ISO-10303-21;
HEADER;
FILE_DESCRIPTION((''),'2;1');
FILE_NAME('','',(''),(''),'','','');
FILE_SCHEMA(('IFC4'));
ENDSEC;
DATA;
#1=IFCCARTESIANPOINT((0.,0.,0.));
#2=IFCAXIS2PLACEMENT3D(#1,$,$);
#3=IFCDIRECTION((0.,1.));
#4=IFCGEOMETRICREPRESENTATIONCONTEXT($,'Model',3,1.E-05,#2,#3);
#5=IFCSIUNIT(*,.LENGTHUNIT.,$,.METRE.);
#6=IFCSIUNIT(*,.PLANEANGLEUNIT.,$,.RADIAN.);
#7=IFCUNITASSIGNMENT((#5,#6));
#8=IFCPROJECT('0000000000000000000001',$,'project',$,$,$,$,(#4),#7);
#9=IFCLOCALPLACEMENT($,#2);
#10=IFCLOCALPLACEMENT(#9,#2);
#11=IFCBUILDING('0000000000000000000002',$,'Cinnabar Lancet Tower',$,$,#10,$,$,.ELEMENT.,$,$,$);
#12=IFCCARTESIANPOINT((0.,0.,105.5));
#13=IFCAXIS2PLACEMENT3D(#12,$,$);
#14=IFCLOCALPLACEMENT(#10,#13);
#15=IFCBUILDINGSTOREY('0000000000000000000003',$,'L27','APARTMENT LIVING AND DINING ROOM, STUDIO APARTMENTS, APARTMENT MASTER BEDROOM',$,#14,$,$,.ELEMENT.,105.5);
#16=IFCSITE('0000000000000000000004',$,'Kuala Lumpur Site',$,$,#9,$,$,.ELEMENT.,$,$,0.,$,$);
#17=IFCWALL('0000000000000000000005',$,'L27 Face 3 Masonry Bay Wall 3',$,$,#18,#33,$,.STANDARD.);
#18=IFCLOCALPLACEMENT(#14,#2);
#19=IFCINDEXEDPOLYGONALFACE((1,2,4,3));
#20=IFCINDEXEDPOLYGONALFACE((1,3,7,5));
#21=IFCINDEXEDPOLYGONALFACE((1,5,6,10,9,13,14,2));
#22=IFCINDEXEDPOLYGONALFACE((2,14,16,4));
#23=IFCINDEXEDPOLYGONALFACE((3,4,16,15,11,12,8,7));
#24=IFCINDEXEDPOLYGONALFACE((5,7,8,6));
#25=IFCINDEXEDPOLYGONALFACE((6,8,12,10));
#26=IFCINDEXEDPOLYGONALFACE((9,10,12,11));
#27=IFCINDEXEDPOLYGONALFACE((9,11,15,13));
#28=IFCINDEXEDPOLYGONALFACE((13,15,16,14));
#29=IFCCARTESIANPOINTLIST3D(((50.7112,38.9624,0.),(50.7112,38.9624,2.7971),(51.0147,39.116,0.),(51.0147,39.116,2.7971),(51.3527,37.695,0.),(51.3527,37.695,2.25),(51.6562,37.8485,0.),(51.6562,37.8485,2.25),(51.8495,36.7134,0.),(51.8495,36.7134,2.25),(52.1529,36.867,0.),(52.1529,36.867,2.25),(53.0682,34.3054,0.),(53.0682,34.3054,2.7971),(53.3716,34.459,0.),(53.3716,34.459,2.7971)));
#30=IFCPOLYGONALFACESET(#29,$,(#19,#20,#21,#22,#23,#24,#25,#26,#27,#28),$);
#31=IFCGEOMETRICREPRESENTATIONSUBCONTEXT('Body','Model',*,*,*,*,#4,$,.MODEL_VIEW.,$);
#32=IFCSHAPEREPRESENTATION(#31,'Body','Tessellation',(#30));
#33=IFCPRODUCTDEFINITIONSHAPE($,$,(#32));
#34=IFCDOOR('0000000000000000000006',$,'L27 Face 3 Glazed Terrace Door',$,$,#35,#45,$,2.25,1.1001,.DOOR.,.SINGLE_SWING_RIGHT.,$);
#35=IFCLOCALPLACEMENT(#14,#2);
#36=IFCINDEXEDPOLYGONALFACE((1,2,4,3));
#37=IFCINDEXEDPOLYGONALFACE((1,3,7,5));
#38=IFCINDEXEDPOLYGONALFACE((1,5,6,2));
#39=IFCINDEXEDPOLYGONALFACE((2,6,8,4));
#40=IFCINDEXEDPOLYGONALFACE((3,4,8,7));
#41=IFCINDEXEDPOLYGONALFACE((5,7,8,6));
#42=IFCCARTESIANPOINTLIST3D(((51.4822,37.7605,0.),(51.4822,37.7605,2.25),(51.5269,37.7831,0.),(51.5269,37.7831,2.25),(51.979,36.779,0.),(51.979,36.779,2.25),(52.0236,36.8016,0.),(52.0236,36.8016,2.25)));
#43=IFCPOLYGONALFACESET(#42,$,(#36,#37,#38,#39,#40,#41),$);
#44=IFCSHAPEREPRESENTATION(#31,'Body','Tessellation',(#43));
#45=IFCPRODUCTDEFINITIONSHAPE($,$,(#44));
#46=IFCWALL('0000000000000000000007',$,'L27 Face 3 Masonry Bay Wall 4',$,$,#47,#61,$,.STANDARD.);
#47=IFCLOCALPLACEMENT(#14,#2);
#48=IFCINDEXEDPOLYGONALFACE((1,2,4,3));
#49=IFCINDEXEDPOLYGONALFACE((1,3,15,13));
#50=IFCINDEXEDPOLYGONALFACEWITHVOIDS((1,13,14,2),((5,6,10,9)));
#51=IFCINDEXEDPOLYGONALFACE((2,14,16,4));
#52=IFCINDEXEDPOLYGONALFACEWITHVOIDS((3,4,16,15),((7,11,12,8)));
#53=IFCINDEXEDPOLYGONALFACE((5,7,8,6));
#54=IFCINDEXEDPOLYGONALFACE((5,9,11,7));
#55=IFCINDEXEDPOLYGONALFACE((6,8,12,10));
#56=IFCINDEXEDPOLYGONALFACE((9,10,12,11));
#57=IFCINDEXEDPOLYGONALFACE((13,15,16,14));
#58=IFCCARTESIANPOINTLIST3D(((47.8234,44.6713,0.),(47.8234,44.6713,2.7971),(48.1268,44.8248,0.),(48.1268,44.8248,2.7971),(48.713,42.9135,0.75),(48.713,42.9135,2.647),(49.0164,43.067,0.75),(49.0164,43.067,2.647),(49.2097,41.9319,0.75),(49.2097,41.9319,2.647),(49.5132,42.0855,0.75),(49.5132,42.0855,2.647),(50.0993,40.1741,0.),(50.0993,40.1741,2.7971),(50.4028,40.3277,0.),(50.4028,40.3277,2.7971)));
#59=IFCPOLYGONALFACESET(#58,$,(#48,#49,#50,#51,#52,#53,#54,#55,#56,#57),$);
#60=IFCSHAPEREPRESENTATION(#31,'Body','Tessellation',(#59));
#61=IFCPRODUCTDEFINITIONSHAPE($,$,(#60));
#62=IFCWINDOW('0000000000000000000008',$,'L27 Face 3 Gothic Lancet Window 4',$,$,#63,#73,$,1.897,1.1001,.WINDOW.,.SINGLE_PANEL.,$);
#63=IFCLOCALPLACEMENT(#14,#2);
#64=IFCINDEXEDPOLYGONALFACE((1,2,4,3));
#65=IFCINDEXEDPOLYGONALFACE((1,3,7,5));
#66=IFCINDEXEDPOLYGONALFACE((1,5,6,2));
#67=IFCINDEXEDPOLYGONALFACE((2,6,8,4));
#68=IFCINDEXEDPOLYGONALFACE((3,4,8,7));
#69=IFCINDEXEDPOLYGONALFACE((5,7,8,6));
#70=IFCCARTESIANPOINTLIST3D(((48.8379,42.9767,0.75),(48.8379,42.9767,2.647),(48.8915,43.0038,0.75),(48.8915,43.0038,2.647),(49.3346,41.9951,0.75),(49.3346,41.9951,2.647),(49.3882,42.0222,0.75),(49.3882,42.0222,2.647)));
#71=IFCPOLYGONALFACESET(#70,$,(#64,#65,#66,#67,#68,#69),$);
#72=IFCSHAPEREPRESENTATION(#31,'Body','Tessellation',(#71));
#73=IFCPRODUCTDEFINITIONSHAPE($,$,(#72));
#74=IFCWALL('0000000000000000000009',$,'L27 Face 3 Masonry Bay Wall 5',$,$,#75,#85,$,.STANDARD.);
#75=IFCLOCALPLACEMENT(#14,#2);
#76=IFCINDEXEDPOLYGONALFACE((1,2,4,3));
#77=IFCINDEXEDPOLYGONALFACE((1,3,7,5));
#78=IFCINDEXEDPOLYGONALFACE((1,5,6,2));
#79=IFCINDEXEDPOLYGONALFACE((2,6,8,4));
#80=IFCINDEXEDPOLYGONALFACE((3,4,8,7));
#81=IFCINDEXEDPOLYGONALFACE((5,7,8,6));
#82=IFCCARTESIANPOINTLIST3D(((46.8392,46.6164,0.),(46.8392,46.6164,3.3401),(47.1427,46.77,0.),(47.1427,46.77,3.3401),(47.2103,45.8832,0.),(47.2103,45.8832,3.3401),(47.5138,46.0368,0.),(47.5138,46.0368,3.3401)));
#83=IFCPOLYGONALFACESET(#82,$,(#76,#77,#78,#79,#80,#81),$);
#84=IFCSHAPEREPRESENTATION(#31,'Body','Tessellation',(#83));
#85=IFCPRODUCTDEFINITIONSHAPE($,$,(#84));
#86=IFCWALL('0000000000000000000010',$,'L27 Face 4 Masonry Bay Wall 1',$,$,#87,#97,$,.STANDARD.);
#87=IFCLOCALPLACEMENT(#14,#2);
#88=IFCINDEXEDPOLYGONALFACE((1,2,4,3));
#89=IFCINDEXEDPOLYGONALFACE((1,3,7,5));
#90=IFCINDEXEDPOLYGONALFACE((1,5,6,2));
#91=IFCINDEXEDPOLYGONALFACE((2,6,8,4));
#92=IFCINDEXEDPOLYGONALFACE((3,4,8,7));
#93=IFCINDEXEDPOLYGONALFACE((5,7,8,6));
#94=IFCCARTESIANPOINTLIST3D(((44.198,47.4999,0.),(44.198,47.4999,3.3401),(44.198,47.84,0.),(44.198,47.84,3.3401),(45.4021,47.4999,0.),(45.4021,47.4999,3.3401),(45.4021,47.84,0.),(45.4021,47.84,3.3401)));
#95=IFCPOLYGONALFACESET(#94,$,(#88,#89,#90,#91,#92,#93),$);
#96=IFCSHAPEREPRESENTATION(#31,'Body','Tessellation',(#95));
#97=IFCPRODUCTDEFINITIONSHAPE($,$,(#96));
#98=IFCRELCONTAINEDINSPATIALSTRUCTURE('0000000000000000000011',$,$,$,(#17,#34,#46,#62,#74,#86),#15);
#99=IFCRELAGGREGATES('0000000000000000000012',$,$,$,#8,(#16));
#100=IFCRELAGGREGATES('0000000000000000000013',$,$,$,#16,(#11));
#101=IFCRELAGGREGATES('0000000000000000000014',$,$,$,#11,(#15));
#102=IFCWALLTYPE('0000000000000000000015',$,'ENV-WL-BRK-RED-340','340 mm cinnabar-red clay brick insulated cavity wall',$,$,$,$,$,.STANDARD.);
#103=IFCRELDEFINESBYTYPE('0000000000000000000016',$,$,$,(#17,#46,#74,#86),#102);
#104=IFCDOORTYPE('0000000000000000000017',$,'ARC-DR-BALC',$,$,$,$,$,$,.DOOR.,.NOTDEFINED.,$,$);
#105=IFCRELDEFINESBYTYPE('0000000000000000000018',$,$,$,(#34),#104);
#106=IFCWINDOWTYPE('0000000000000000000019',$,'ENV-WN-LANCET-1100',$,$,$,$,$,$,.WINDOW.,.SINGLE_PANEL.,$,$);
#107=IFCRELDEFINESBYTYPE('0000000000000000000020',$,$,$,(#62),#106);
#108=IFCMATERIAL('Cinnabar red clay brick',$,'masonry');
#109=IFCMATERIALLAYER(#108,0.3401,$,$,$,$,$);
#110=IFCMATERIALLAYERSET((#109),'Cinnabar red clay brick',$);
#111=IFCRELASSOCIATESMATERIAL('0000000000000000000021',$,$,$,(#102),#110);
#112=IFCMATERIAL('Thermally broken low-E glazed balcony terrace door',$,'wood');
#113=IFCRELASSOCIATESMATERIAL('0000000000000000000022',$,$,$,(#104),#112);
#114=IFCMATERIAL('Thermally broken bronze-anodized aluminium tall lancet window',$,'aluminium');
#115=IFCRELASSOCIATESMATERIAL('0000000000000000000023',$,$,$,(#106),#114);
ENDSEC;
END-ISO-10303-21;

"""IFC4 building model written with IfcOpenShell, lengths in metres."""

from ifc_helpers import new_model, si_unit, direction, frame, frame_2d, origin, place, context, subcontext, project, spatial, rectangle, extrude, material, layer, layer_set, type_object, element, fill, save


model = new_model("IFC4")

# Units and contexts
model_context = context("Model", 3, precision=1e-05, world=origin(), true_north=direction((0.0, 1.0)))
body_context = subcontext(model_context, "Body", "Model", "MODEL_VIEW")
ifc_project = project(units=[si_unit("LENGTHUNIT", "METRE"), si_unit("PLANEANGLEUNIT", "RADIAN")], contexts=[model_context])

# Site, building, storey
site_placement = place(None, origin())
site = spatial("IfcSite", under=ifc_project, at=site_placement, Name="Kuala Lumpur Site", CompositionType="ELEMENT", RefElevation=0.0)
building_placement = place(site_placement, origin())
building = spatial("IfcBuilding", under=site, at=building_placement, Name="Cinnabar Lancet Tower", CompositionType="ELEMENT")
storey_placement = place(building_placement, frame((0.0, 0.0, 105.5)))
storey = spatial("IfcBuildingStorey", under=building, at=storey_placement, Name="L27", Description="APARTMENT LIVING AND DINING ROOM, STUDIO APARTMENTS, APARTMENT MASTER BEDROOM", CompositionType="ELEMENT", Elevation=105.5)

# Shared definitions
ifc_material_1 = material(Name="Cinnabar red clay brick", Category="masonry")
ifc_layer_1 = layer(ifc_material_1, 0.3401)
ifc_layer_set_1 = layer_set([ifc_layer_1], Name="Cinnabar red clay brick")
wall_type_1 = type_object("IfcWallType", Name="ENV-WL-BRK-RED-340", Description="340 mm cinnabar-red clay brick insulated cavity wall", PredefinedType="STANDARD", material=ifc_layer_set_1)

# Wall, opening, door
wall_1_placement = place(storey_placement, frame((53.22, 34.3821, 0.0), z_axis=(0.0, 0.0, 1.0), x_axis=(-0.451568, 0.892237, 0.0)))
wall_1 = element("IfcWall", 1, at=wall_1_placement, inside=storey, type_object=wall_type_1, Name="L27 Face 3 Masonry Bay Wall 3", PredefinedType="STANDARD", context=body_context, shape_type="SweptSolid", body=[
    extrude(rectangle(XDim=5.2195, YDim=0.3401, at=frame_2d((2.6099, 0.0))), origin(), (0.0, 0.0, 1.0), 2.7971),
])
opening_1_placement = place(wall_1_placement, frame((2.699, 0.0, 0.0)))
opening_1 = element("IfcOpeningElement", 2, at=opening_1_placement, cuts=wall_1, PredefinedType="OPENING", context=body_context, shape_type="SweptSolid", body=[
    extrude(rectangle(XDim=1.1001, YDim=2.25, at=frame_2d((0.55, 1.125))), frame((0.0, 0.1799, 0.0), z_axis=(0.0, -1.0, 0.0), x_axis=(1.0, 0.0, 0.0)), (0.0, 0.0, 1.0), 0.3601),
])
ifc_material_2 = material(Name="Thermally broken low-E glazed balcony terrace door", Category="wood")
door_type = type_object("IfcDoorType", Name="ARC-DR-BALC", OperationType="NOTDEFINED", PredefinedType="DOOR", material=ifc_material_2)
door_placement = place(opening_1_placement, origin())
door = element("IfcDoor", 3, at=door_placement, inside=storey, type_object=door_type, Name="L27 Face 3 Glazed Terrace Door", OperationType="SINGLE_SWING_RIGHT", OverallHeight=2.25, OverallWidth=1.1001, PredefinedType="DOOR", context=body_context, shape_type="SweptSolid", body=[
    extrude(rectangle(XDim=1.1001, YDim=2.25, at=frame_2d((0.55, 1.125))), frame((0.0, 0.0249, 0.0), z_axis=(0.0, -1.0, 0.0), x_axis=(1.0, 0.0, 0.0)), (0.0, 0.0, 1.0), 0.05),
])
fill(opening_1, door)

# Wall, opening, window
wall_2_placement = place(storey_placement, frame((50.251, 40.251, 0.0), z_axis=(0.0, 0.0, 1.0), x_axis=(-0.451548, 0.892247, 0.0)))
wall_2 = element("IfcWall", 4, at=wall_2_placement, inside=storey, type_object=wall_type_1, Name="L27 Face 3 Masonry Bay Wall 4", PredefinedType="STANDARD", context=body_context, shape_type="SweptSolid", body=[
    extrude(rectangle(XDim=5.0403, YDim=0.3401, at=frame_2d((2.52, 0.0))), origin(), (0.0, 0.0, 1.0), 2.7971),
])
opening_2_placement = place(wall_2_placement, frame((1.97, 0.0, 0.75)))
opening_2 = element("IfcOpeningElement", 5, at=opening_2_placement, cuts=wall_2, PredefinedType="OPENING", context=body_context, shape_type="SweptSolid", body=[
    extrude(rectangle(XDim=1.1001, YDim=1.897, at=frame_2d((0.55, 0.9485))), frame((0.0, 0.1799, 0.0), z_axis=(0.0, -1.0, 0.0), x_axis=(1.0, 0.0, 0.0)), (0.0, 0.0, 1.0), 0.3601),
])
ifc_material_3 = material(Name="Thermally broken bronze-anodized aluminium tall lancet window", Category="aluminium")
window_type = type_object("IfcWindowType", Name="ENV-WN-LANCET-1100", PartitioningType="SINGLE_PANEL", PredefinedType="WINDOW", material=ifc_material_3)
window_placement = place(opening_2_placement, origin())
window = element("IfcWindow", 6, at=window_placement, inside=storey, type_object=window_type, Name="L27 Face 3 Gothic Lancet Window 4", OverallHeight=1.897, OverallWidth=1.1001, PartitioningType="SINGLE_PANEL", PredefinedType="WINDOW", context=body_context, shape_type="SweptSolid", body=[
    extrude(rectangle(XDim=1.1001, YDim=1.897, at=frame_2d((0.55, 0.9485))), frame((0.0, 0.03, 0.0), z_axis=(0.0, -1.0, 0.0), x_axis=(1.0, 0.0, 0.0)), (0.0, 0.0, 1.0), 0.0601),
])
fill(opening_2, window)

# Walls
wall_3_placement = place(storey_placement, frame((47.3621, 45.96, 0.0), z_axis=(0.0, 0.0, 1.0), x_axis=(-0.451605, 0.892218, 0.0)))
element("IfcWall", 7, at=wall_3_placement, inside=storey, type_object=wall_type_1, Name="L27 Face 3 Masonry Bay Wall 5", PredefinedType="STANDARD", context=body_context, shape_type="SweptSolid", body=[
    extrude(rectangle(XDim=0.8218, YDim=0.3401, at=frame_2d((0.4109, 0.0))), origin(), (0.0, 0.0, 1.0), 3.3401),
])
wall_4_placement = place(storey_placement, frame((45.4021, 47.6699, 0.0), z_axis=(0.0, 0.0, 1.0), x_axis=(-1.0, 0.0, 0.0)))
element("IfcWall", 8, at=wall_4_placement, inside=storey, type_object=wall_type_1, Name="L27 Face 4 Masonry Bay Wall 1", PredefinedType="STANDARD", context=body_context, shape_type="SweptSolid", body=[
    extrude(rectangle(XDim=1.2041, YDim=0.3401, at=frame_2d((0.6021, 0.0))), origin(), (0.0, 0.0, 1.0), 3.3401),
])

save(model, "model.ifc")
